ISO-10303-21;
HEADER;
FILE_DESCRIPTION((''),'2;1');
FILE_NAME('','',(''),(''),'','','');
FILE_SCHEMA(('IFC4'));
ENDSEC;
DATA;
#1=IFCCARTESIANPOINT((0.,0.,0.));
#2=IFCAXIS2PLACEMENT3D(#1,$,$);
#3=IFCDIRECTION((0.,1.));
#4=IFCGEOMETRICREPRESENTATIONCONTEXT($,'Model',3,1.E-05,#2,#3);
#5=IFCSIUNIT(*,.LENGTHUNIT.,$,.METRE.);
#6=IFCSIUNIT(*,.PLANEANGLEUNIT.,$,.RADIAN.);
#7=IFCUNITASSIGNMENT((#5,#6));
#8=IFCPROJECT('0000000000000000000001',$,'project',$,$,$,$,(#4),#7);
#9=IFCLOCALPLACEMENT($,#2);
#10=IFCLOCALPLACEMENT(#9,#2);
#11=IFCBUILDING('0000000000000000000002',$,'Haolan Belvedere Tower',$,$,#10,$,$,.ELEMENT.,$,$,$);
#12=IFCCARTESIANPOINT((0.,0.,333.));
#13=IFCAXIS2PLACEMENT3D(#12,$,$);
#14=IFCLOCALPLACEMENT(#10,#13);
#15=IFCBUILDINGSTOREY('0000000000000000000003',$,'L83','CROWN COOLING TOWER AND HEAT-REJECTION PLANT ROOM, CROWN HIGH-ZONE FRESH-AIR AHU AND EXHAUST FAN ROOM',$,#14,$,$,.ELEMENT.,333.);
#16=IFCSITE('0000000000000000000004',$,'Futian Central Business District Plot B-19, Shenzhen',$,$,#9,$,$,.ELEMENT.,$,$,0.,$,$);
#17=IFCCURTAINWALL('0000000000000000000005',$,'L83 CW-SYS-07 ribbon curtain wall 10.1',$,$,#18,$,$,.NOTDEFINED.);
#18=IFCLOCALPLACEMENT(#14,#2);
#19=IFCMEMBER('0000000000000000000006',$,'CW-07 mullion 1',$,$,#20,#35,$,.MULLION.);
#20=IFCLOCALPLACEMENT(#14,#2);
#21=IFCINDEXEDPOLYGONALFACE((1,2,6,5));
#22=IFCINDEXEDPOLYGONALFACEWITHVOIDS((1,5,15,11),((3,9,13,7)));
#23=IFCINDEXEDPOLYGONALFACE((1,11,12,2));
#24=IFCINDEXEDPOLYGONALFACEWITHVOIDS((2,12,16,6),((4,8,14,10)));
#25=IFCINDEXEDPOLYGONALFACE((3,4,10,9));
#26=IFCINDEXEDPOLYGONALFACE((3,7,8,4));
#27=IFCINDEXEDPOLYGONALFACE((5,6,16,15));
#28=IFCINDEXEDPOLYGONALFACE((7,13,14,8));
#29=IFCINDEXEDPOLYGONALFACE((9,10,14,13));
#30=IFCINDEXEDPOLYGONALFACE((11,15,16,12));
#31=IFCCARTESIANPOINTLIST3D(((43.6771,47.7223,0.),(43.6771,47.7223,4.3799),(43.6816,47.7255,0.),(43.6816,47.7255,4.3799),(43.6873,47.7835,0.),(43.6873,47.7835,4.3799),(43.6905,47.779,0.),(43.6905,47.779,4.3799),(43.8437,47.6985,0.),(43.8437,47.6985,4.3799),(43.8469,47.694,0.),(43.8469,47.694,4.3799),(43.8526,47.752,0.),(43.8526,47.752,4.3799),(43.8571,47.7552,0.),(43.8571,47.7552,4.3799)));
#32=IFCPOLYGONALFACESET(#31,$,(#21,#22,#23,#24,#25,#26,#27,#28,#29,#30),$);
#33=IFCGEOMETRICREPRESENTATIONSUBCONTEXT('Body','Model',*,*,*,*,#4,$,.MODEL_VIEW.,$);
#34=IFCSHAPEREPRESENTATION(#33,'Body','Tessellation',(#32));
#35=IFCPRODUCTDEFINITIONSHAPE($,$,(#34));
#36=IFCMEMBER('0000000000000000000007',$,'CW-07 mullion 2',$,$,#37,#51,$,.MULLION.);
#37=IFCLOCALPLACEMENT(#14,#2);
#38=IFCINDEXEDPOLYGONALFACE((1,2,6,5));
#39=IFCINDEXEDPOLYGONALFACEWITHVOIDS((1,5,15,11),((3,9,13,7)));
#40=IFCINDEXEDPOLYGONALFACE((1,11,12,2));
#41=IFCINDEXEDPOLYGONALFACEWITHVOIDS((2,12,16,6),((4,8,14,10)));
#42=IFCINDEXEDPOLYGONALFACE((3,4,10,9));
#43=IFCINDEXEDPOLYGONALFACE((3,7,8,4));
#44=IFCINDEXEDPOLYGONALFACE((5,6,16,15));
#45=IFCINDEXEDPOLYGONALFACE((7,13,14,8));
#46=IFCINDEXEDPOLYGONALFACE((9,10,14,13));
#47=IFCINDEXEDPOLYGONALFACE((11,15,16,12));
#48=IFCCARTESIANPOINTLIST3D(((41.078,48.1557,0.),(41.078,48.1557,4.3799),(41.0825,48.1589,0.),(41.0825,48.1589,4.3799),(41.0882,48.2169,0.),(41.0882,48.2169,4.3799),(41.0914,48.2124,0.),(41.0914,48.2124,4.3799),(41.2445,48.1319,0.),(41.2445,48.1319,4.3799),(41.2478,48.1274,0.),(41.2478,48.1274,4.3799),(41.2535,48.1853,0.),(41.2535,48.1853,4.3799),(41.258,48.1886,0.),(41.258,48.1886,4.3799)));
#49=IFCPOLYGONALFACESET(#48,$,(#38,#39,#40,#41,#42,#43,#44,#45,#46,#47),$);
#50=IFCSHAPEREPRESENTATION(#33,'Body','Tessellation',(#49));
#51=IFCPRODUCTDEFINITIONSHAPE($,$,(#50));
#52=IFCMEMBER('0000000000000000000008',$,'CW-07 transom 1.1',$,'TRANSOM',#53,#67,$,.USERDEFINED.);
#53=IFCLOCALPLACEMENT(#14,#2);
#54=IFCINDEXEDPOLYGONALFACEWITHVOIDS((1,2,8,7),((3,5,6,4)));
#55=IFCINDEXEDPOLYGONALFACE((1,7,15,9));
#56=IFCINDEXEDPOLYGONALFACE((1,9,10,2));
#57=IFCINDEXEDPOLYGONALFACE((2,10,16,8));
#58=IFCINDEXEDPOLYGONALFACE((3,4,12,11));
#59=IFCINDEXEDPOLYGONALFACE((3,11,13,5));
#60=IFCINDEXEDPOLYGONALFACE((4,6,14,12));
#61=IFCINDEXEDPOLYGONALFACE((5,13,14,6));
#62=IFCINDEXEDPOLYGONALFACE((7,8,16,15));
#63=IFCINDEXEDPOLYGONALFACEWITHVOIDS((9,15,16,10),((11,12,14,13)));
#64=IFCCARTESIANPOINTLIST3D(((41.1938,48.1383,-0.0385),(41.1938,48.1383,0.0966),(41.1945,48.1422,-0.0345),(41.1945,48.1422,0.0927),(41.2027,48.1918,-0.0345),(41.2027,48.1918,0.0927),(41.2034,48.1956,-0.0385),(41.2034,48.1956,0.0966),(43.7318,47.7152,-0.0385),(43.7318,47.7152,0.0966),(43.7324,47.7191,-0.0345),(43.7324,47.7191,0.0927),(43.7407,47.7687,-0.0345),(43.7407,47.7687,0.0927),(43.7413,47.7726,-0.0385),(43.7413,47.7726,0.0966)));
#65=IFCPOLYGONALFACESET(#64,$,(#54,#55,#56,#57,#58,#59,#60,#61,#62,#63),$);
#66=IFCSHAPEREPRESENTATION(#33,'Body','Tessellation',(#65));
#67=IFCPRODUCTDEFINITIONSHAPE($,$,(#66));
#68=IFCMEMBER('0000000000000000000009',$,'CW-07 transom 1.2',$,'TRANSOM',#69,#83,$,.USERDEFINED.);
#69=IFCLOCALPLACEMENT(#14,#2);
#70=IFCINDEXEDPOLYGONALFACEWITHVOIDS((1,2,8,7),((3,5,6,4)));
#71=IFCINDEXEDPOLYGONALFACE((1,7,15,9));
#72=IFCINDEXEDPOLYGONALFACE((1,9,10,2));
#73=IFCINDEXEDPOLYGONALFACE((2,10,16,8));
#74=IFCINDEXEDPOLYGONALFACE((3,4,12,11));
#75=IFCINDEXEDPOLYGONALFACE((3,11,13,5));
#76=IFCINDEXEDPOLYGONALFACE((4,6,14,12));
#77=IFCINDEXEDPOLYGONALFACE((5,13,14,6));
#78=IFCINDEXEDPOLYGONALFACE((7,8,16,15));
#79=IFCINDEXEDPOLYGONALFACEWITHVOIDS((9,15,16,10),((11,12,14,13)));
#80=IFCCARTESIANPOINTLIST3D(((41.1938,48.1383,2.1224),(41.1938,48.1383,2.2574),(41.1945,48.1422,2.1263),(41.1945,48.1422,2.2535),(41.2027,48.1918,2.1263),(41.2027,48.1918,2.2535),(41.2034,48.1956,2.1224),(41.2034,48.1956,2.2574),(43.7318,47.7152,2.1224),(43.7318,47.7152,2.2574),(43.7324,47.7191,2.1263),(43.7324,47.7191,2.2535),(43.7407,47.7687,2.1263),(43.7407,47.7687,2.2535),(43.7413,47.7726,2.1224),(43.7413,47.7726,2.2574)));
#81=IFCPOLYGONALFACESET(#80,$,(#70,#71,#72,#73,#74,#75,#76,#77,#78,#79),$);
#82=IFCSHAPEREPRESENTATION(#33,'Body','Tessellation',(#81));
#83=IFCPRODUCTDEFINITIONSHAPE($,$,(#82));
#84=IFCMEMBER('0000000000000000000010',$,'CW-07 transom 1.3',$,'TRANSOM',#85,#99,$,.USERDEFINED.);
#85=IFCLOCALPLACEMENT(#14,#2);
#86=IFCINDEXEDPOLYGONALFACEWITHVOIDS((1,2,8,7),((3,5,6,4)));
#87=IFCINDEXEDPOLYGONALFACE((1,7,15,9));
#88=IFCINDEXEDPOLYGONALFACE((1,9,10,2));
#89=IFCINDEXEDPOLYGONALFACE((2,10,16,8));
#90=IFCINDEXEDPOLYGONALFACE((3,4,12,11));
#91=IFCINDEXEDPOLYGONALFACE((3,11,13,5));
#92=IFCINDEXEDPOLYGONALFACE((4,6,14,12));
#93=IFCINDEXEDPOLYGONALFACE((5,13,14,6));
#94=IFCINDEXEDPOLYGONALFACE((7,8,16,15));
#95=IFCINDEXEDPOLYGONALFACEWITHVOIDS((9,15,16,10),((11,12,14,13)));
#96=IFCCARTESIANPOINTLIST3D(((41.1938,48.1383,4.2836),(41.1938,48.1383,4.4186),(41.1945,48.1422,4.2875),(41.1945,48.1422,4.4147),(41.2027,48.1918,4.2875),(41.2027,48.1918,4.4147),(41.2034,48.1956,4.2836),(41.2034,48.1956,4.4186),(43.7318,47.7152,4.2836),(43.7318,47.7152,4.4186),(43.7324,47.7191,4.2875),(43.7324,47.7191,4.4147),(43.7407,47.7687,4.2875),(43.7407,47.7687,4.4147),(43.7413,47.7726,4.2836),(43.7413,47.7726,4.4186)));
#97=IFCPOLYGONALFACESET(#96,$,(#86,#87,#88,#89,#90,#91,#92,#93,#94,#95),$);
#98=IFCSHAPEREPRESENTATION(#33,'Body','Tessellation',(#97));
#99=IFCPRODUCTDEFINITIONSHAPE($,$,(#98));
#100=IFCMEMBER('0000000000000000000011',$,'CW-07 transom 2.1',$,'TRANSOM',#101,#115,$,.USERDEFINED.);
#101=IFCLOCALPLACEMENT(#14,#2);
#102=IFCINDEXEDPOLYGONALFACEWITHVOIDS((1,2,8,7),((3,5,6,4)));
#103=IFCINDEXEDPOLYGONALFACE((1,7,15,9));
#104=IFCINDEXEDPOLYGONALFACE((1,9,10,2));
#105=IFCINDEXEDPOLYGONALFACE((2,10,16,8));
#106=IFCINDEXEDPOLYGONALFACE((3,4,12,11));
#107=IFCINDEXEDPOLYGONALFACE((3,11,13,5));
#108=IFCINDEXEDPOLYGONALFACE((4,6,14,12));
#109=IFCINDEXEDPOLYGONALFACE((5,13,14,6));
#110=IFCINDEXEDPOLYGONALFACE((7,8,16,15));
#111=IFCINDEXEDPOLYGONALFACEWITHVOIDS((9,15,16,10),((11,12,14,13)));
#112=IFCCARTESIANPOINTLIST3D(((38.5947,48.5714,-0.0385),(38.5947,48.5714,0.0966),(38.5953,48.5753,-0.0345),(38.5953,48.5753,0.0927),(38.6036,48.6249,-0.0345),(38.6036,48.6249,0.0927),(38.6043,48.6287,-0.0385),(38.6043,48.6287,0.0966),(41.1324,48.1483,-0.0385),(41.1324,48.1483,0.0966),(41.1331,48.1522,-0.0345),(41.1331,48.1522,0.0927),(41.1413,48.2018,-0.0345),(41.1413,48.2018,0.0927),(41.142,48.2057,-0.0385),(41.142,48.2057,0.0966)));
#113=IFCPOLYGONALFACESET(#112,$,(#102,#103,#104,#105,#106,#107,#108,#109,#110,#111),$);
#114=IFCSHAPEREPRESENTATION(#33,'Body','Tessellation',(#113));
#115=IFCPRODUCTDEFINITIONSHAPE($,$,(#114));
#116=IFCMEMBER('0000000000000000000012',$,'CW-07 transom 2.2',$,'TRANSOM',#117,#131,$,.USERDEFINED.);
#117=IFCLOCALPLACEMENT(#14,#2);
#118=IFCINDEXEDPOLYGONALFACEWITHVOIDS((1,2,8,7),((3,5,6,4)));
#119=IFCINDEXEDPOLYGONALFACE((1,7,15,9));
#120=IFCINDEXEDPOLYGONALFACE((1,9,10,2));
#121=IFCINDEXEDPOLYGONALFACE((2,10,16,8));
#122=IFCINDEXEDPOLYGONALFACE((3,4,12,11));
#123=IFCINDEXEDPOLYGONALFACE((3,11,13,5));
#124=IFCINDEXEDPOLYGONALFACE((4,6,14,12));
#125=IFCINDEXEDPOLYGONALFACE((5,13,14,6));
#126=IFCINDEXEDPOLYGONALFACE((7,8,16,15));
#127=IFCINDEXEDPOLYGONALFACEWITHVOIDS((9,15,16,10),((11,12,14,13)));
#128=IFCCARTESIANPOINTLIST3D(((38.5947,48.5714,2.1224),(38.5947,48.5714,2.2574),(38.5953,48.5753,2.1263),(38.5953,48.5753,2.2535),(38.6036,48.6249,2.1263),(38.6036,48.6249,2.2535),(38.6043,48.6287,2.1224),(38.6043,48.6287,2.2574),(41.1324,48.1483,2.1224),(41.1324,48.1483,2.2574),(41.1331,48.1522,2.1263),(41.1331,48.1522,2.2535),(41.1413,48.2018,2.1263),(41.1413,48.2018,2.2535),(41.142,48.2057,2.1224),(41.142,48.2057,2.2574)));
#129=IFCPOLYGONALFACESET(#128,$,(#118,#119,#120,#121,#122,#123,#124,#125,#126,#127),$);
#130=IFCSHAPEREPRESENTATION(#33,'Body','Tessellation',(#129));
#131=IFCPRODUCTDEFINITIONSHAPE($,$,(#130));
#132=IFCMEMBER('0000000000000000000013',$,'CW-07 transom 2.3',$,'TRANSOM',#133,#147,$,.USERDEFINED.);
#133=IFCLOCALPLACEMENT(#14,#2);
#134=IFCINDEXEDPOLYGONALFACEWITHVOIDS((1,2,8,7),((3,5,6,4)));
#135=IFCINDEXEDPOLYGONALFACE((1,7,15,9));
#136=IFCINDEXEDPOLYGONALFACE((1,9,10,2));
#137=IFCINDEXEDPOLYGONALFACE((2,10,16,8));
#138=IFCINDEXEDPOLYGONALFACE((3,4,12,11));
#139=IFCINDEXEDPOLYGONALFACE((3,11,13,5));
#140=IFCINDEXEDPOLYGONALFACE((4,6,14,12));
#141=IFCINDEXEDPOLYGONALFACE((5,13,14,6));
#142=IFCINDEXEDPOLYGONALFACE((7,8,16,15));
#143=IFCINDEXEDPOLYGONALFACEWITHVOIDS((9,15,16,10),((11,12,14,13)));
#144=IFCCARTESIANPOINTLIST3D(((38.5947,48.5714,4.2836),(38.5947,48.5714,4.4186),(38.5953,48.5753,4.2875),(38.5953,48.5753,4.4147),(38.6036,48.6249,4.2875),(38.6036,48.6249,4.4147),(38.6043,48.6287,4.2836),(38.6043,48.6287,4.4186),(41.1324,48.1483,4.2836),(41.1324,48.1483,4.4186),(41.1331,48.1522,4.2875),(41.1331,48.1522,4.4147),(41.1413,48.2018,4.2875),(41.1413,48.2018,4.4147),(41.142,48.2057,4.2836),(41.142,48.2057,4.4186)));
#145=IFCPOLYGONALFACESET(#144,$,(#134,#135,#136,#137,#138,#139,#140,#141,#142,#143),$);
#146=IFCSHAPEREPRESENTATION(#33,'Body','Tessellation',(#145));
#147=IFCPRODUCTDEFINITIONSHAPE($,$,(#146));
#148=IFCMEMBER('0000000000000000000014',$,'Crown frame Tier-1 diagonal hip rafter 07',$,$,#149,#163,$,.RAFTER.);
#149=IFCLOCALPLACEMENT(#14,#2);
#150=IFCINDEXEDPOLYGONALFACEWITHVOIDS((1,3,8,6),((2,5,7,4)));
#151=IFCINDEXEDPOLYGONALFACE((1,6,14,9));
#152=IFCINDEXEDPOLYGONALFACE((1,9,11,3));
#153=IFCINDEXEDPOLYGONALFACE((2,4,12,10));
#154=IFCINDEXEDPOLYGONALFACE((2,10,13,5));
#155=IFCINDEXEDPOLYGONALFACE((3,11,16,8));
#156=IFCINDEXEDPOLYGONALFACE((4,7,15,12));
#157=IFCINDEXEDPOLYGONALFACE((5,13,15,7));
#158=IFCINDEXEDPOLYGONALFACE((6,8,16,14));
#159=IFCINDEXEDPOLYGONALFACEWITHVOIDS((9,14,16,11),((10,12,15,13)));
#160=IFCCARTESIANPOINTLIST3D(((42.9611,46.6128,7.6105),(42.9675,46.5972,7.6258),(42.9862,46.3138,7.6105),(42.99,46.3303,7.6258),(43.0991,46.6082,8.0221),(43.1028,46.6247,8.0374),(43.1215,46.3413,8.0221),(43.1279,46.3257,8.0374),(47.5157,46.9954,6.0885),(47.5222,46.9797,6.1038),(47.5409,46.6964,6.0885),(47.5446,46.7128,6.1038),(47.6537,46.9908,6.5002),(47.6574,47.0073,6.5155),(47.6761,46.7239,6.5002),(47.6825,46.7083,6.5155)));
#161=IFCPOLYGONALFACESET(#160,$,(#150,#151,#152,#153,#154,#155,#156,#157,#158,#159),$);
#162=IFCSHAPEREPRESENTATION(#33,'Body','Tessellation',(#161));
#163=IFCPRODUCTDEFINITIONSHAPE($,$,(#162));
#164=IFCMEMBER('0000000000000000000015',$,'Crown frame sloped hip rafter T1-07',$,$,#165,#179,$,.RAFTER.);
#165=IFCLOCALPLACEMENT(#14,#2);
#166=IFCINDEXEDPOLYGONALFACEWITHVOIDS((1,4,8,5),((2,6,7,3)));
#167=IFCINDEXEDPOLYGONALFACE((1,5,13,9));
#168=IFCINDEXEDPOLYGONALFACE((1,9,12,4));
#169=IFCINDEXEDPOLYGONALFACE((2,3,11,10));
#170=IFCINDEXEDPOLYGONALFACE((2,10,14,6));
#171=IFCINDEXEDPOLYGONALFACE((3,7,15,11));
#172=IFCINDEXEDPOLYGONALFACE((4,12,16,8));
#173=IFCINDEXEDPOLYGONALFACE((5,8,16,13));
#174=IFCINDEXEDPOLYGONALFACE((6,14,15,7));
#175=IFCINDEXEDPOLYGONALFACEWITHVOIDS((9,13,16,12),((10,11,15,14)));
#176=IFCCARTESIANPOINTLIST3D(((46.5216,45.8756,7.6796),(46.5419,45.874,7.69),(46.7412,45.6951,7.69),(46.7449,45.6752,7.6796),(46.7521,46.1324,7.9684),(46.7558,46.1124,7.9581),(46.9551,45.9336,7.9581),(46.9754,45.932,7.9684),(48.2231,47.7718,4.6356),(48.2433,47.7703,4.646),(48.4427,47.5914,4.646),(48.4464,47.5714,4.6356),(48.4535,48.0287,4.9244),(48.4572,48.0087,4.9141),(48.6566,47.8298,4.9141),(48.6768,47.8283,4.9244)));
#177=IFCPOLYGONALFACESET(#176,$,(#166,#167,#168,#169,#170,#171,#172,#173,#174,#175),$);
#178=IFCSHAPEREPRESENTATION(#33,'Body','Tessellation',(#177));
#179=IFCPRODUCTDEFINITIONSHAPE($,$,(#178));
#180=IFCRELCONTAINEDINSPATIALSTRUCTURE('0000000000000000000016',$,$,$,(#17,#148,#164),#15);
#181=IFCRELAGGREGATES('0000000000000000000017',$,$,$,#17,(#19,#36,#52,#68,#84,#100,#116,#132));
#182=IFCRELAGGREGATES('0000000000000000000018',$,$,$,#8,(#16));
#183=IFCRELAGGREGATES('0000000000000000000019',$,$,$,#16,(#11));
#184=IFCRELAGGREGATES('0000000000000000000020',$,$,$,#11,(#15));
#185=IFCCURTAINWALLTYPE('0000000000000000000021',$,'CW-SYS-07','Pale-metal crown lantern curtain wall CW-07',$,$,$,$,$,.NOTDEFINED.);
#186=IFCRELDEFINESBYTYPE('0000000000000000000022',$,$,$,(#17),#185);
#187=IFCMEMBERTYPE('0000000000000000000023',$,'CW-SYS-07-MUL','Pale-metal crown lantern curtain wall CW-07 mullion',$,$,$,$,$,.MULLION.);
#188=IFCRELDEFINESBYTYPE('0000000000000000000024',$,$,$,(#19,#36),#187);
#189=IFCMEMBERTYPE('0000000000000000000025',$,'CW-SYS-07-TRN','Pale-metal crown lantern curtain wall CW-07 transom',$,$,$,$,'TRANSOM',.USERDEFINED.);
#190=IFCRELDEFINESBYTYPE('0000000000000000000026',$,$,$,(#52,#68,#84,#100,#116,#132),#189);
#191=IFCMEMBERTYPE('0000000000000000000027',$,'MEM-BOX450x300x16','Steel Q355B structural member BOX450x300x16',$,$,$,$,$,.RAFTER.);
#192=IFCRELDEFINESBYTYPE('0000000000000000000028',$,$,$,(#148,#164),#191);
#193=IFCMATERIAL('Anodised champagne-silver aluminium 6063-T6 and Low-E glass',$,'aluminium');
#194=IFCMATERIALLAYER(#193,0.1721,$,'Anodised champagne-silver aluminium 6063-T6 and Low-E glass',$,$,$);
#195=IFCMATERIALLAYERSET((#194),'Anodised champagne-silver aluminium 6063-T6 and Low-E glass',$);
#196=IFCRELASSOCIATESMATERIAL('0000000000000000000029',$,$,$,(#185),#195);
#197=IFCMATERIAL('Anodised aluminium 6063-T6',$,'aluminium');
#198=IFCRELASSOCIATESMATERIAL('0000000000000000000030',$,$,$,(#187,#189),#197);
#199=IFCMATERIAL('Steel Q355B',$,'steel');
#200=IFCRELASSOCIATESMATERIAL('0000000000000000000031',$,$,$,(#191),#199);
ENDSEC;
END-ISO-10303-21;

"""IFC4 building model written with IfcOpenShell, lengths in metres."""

from ifc_helpers import new_model, si_unit, direction, frame, origin, origin_2d, place, context, subcontext, project, spatial, hollow_rectangle, extrude, material, layer, layer_set, material_profile, profile_set, type_object, element, aggregate, save


model = new_model("IFC4")

# Units and contexts
model_context = context("Model", 3, precision=1e-05, world=origin(), true_north=direction((0.0, 1.0)))
body_context = subcontext(model_context, "Body", "Model", "MODEL_VIEW")
ifc_project = project(units=[si_unit("LENGTHUNIT", "METRE"), si_unit("PLANEANGLEUNIT", "RADIAN")], contexts=[model_context])

# Site, building, storey
site_placement = place(None, origin())
site = spatial("IfcSite", under=ifc_project, at=site_placement, Name="Futian Central Business District Plot B-19, Shenzhen", CompositionType="ELEMENT", RefElevation=0.0)
building_placement = place(site_placement, origin())
building = spatial("IfcBuilding", under=site, at=building_placement, Name="Haolan Belvedere Tower", CompositionType="ELEMENT")
storey_placement = place(building_placement, frame((0.0, 0.0, 333.0)))
storey = spatial("IfcBuildingStorey", under=building, at=storey_placement, Name="L83", Description="CROWN COOLING TOWER AND HEAT-REJECTION PLANT ROOM, CROWN HIGH-ZONE FRESH-AIR AHU AND EXHAUST FAN ROOM", CompositionType="ELEMENT", Elevation=333.0)

# Curtain wall, members
ifc_material_1 = material(Name="Anodised champagne-silver aluminium 6063-T6 and Low-E glass", Category="aluminium")
ifc_layer_1 = layer(ifc_material_1, 0.1721, Name="Anodised champagne-silver aluminium 6063-T6 and Low-E glass")
ifc_layer_set_1 = layer_set([ifc_layer_1], Name="Anodised champagne-silver aluminium 6063-T6 and Low-E glass")
curtain_wall_type = type_object("IfcCurtainWallType", Name="CW-SYS-07", Description="Pale-metal crown lantern curtain wall CW-07", PredefinedType="NOTDEFINED", material=ifc_layer_set_1)
curtain_wall_placement = place(storey_placement, origin())
curtain_wall = element("IfcCurtainWall", 1, at=curtain_wall_placement, inside=storey, type_object=curtain_wall_type, Name="L83 CW-SYS-07 ribbon curtain wall 10.1", PredefinedType="NOTDEFINED")
ifc_material_2 = material(Name="Anodised aluminium 6063-T6", Category="aluminium")
ifc_material_profile_1 = material_profile(ifc_material_2, hollow_rectangle(XDim=0.062, YDim=0.1721, WallThickness=0.0039, at=origin_2d()), Name="Anodised aluminium 6063-T6")
ifc_profile_set_1 = profile_set([ifc_material_profile_1], Name="Anodised aluminium 6063-T6")
member_type_1 = type_object("IfcMemberType", Name="CW-SYS-07-MUL", Description="Pale-metal crown lantern curtain wall CW-07 mullion", PredefinedType="MULLION", material=ifc_profile_set_1)
member_1_placement = place(storey_placement, frame((43.7671, 47.7388, 0.0), z_axis=(0.0, 0.0, 1.0), x_axis=(-0.164399, -0.986394, 0.0)))
member_1 = element("IfcMember", 2, at=member_1_placement, type_object=member_type_1, Name="CW-07 mullion 1", PredefinedType="MULLION", context=body_context, shape_type="SweptSolid", body=[
    extrude(hollow_rectangle(XDim=0.062, YDim=0.1721, WallThickness=0.0039, at=origin_2d()), origin(), (0.0, 0.0, 1.0), 4.3799),
])
member_2_placement = place(storey_placement, frame((41.168, 48.1721, 0.0), z_axis=(0.0, 0.0, 1.0), x_axis=(-0.164399, -0.986394, 0.0)))
member_2 = element("IfcMember", 3, at=member_2_placement, type_object=member_type_1, Name="CW-07 mullion 2", PredefinedType="MULLION", context=body_context, shape_type="SweptSolid", body=[
    extrude(hollow_rectangle(XDim=0.062, YDim=0.1721, WallThickness=0.0039, at=origin_2d()), origin(), (0.0, 0.0, 1.0), 4.3799),
])
ifc_material_profile_2 = material_profile(ifc_material_2, hollow_rectangle(XDim=0.0581, YDim=0.135, WallThickness=0.0039, at=origin_2d()), Name="Anodised aluminium 6063-T6")
ifc_profile_set_2 = profile_set([ifc_material_profile_2], Name="Anodised aluminium 6063-T6")
member_type_2 = type_object("IfcMemberType", Name="CW-SYS-07-TRN", Description="Pale-metal crown lantern curtain wall CW-07 transom", ElementType="TRANSOM", PredefinedType="USERDEFINED", material=ifc_profile_set_2)
member_3_placement = place(storey_placement, frame((43.7366, 47.7439, 0.0291), z_axis=(-0.986389, 0.16443, 0.0), x_axis=(-0.16443, -0.986389, 0.0)))
member_3 = element("IfcMember", 4, at=member_3_placement, type_object=member_type_2, Name="CW-07 transom 1.1", ObjectType="TRANSOM", PredefinedType="USERDEFINED", context=body_context, shape_type="SweptSolid", body=[
    extrude(hollow_rectangle(XDim=0.0581, YDim=0.135, WallThickness=0.0039, at=origin_2d()), origin(), (0.0, 0.0, 1.0), 2.573),
])
member_4_placement = place(storey_placement, frame((43.7366, 47.7439, 2.1899), z_axis=(-0.986389, 0.16443, 0.0), x_axis=(-0.16443, -0.986389, 0.0)))
member_4 = element("IfcMember", 5, at=member_4_placement, type_object=member_type_2, Name="CW-07 transom 1.2", ObjectType="TRANSOM", PredefinedType="USERDEFINED", context=body_context, shape_type="SweptSolid", body=[
    extrude(hollow_rectangle(XDim=0.0581, YDim=0.135, WallThickness=0.0039, at=origin_2d()), origin(), (0.0, 0.0, 1.0), 2.573),
])
member_5_placement = place(storey_placement, frame((43.7366, 47.7439, 4.3511), z_axis=(-0.986389, 0.16443, 0.0), x_axis=(-0.16443, -0.986389, 0.0)))
member_5 = element("IfcMember", 6, at=member_5_placement, type_object=member_type_2, Name="CW-07 transom 1.3", ObjectType="TRANSOM", PredefinedType="USERDEFINED", context=body_context, shape_type="SweptSolid", body=[
    extrude(hollow_rectangle(XDim=0.0581, YDim=0.135, WallThickness=0.0039, at=origin_2d()), origin(), (0.0, 0.0, 1.0), 2.573),
])
member_6_placement = place(storey_placement, frame((41.1372, 48.177, 0.0291), z_axis=(-0.986386, 0.164445, 0.0), x_axis=(-0.164445, -0.986386, 0.0)))
member_6 = element("IfcMember", 7, at=member_6_placement, type_object=member_type_2, Name="CW-07 transom 2.1", ObjectType="TRANSOM", PredefinedType="USERDEFINED", context=body_context, shape_type="SweptSolid", body=[
    extrude(hollow_rectangle(XDim=0.0581, YDim=0.135, WallThickness=0.0039, at=origin_2d()), origin(), (0.0, 0.0, 1.0), 2.5728),
])
member_7_placement = place(storey_placement, frame((41.1372, 48.177, 2.1899), z_axis=(-0.986386, 0.164445, 0.0), x_axis=(-0.164445, -0.986386, 0.0)))
member_7 = element("IfcMember", 8, at=member_7_placement, type_object=member_type_2, Name="CW-07 transom 2.2", ObjectType="TRANSOM", PredefinedType="USERDEFINED", context=body_context, shape_type="SweptSolid", body=[
    extrude(hollow_rectangle(XDim=0.0581, YDim=0.135, WallThickness=0.0039, at=origin_2d()), origin(), (0.0, 0.0, 1.0), 2.5728),
])
member_8_placement = place(storey_placement, frame((41.1372, 48.177, 4.3511), z_axis=(-0.986386, 0.164445, 0.0), x_axis=(-0.164445, -0.986386, 0.0)))
member_8 = element("IfcMember", 9, at=member_8_placement, type_object=member_type_2, Name="CW-07 transom 2.3", ObjectType="TRANSOM", PredefinedType="USERDEFINED", context=body_context, shape_type="SweptSolid", body=[
    extrude(hollow_rectangle(XDim=0.0581, YDim=0.135, WallThickness=0.0039, at=origin_2d()), origin(), (0.0, 0.0, 1.0), 2.5728),
])

# Members
ifc_material_3 = material(Name="Steel Q355B", Category="steel")
ifc_material_profile_3 = material_profile(ifc_material_3, hollow_rectangle(XDim=0.3, YDim=0.45, WallThickness=0.0161, at=origin_2d()), Name="Steel Q355B")
ifc_profile_set_3 = profile_set([ifc_material_profile_3], Name="Steel Q355B")
member_type_3 = type_object("IfcMemberType", Name="MEM-BOX450x300x16", Description="Steel Q355B structural member BOX450x300x16", PredefinedType="RAFTER", material=ifc_profile_set_3)
member_9_placement = place(storey_placement, frame((47.5991, 46.8518, 6.302), z_axis=(-0.945454, -0.079413, 0.315928), x_axis=(0.0837, -0.996491, 0.0)))
element("IfcMember", 10, at=member_9_placement, inside=storey, type_object=member_type_3, Name="Crown frame Tier-1 diagonal hip rafter 07", PredefinedType="RAFTER", context=body_context, shape_type="SweptSolid", body=[
    extrude(hollow_rectangle(XDim=0.3, YDim=0.45, WallThickness=0.0161, at=origin_2d()), origin(), (0.0, 0.0, 1.0), 4.8174),
])
member_10_placement = place(storey_placement, frame((48.45, 47.8, 4.78), z_axis=(-0.428633, -0.477714, 0.766853), x_axis=(0.744308, -0.667836, 0.0)))
element("IfcMember", 11, at=member_10_placement, inside=storey, type_object=member_type_3, Name="Crown frame sloped hip rafter T1-07", PredefinedType="RAFTER", context=body_context, shape_type="SweptSolid", body=[
    extrude(hollow_rectangle(XDim=0.3, YDim=0.45, WallThickness=0.0161, at=origin_2d()), origin(), (0.0, 0.0, 1.0), 3.9695),
])

aggregate(curtain_wall, [member_1, member_2, member_3, member_4, member_5, member_6, member_7, member_8])

save(model, "model.ifc")
